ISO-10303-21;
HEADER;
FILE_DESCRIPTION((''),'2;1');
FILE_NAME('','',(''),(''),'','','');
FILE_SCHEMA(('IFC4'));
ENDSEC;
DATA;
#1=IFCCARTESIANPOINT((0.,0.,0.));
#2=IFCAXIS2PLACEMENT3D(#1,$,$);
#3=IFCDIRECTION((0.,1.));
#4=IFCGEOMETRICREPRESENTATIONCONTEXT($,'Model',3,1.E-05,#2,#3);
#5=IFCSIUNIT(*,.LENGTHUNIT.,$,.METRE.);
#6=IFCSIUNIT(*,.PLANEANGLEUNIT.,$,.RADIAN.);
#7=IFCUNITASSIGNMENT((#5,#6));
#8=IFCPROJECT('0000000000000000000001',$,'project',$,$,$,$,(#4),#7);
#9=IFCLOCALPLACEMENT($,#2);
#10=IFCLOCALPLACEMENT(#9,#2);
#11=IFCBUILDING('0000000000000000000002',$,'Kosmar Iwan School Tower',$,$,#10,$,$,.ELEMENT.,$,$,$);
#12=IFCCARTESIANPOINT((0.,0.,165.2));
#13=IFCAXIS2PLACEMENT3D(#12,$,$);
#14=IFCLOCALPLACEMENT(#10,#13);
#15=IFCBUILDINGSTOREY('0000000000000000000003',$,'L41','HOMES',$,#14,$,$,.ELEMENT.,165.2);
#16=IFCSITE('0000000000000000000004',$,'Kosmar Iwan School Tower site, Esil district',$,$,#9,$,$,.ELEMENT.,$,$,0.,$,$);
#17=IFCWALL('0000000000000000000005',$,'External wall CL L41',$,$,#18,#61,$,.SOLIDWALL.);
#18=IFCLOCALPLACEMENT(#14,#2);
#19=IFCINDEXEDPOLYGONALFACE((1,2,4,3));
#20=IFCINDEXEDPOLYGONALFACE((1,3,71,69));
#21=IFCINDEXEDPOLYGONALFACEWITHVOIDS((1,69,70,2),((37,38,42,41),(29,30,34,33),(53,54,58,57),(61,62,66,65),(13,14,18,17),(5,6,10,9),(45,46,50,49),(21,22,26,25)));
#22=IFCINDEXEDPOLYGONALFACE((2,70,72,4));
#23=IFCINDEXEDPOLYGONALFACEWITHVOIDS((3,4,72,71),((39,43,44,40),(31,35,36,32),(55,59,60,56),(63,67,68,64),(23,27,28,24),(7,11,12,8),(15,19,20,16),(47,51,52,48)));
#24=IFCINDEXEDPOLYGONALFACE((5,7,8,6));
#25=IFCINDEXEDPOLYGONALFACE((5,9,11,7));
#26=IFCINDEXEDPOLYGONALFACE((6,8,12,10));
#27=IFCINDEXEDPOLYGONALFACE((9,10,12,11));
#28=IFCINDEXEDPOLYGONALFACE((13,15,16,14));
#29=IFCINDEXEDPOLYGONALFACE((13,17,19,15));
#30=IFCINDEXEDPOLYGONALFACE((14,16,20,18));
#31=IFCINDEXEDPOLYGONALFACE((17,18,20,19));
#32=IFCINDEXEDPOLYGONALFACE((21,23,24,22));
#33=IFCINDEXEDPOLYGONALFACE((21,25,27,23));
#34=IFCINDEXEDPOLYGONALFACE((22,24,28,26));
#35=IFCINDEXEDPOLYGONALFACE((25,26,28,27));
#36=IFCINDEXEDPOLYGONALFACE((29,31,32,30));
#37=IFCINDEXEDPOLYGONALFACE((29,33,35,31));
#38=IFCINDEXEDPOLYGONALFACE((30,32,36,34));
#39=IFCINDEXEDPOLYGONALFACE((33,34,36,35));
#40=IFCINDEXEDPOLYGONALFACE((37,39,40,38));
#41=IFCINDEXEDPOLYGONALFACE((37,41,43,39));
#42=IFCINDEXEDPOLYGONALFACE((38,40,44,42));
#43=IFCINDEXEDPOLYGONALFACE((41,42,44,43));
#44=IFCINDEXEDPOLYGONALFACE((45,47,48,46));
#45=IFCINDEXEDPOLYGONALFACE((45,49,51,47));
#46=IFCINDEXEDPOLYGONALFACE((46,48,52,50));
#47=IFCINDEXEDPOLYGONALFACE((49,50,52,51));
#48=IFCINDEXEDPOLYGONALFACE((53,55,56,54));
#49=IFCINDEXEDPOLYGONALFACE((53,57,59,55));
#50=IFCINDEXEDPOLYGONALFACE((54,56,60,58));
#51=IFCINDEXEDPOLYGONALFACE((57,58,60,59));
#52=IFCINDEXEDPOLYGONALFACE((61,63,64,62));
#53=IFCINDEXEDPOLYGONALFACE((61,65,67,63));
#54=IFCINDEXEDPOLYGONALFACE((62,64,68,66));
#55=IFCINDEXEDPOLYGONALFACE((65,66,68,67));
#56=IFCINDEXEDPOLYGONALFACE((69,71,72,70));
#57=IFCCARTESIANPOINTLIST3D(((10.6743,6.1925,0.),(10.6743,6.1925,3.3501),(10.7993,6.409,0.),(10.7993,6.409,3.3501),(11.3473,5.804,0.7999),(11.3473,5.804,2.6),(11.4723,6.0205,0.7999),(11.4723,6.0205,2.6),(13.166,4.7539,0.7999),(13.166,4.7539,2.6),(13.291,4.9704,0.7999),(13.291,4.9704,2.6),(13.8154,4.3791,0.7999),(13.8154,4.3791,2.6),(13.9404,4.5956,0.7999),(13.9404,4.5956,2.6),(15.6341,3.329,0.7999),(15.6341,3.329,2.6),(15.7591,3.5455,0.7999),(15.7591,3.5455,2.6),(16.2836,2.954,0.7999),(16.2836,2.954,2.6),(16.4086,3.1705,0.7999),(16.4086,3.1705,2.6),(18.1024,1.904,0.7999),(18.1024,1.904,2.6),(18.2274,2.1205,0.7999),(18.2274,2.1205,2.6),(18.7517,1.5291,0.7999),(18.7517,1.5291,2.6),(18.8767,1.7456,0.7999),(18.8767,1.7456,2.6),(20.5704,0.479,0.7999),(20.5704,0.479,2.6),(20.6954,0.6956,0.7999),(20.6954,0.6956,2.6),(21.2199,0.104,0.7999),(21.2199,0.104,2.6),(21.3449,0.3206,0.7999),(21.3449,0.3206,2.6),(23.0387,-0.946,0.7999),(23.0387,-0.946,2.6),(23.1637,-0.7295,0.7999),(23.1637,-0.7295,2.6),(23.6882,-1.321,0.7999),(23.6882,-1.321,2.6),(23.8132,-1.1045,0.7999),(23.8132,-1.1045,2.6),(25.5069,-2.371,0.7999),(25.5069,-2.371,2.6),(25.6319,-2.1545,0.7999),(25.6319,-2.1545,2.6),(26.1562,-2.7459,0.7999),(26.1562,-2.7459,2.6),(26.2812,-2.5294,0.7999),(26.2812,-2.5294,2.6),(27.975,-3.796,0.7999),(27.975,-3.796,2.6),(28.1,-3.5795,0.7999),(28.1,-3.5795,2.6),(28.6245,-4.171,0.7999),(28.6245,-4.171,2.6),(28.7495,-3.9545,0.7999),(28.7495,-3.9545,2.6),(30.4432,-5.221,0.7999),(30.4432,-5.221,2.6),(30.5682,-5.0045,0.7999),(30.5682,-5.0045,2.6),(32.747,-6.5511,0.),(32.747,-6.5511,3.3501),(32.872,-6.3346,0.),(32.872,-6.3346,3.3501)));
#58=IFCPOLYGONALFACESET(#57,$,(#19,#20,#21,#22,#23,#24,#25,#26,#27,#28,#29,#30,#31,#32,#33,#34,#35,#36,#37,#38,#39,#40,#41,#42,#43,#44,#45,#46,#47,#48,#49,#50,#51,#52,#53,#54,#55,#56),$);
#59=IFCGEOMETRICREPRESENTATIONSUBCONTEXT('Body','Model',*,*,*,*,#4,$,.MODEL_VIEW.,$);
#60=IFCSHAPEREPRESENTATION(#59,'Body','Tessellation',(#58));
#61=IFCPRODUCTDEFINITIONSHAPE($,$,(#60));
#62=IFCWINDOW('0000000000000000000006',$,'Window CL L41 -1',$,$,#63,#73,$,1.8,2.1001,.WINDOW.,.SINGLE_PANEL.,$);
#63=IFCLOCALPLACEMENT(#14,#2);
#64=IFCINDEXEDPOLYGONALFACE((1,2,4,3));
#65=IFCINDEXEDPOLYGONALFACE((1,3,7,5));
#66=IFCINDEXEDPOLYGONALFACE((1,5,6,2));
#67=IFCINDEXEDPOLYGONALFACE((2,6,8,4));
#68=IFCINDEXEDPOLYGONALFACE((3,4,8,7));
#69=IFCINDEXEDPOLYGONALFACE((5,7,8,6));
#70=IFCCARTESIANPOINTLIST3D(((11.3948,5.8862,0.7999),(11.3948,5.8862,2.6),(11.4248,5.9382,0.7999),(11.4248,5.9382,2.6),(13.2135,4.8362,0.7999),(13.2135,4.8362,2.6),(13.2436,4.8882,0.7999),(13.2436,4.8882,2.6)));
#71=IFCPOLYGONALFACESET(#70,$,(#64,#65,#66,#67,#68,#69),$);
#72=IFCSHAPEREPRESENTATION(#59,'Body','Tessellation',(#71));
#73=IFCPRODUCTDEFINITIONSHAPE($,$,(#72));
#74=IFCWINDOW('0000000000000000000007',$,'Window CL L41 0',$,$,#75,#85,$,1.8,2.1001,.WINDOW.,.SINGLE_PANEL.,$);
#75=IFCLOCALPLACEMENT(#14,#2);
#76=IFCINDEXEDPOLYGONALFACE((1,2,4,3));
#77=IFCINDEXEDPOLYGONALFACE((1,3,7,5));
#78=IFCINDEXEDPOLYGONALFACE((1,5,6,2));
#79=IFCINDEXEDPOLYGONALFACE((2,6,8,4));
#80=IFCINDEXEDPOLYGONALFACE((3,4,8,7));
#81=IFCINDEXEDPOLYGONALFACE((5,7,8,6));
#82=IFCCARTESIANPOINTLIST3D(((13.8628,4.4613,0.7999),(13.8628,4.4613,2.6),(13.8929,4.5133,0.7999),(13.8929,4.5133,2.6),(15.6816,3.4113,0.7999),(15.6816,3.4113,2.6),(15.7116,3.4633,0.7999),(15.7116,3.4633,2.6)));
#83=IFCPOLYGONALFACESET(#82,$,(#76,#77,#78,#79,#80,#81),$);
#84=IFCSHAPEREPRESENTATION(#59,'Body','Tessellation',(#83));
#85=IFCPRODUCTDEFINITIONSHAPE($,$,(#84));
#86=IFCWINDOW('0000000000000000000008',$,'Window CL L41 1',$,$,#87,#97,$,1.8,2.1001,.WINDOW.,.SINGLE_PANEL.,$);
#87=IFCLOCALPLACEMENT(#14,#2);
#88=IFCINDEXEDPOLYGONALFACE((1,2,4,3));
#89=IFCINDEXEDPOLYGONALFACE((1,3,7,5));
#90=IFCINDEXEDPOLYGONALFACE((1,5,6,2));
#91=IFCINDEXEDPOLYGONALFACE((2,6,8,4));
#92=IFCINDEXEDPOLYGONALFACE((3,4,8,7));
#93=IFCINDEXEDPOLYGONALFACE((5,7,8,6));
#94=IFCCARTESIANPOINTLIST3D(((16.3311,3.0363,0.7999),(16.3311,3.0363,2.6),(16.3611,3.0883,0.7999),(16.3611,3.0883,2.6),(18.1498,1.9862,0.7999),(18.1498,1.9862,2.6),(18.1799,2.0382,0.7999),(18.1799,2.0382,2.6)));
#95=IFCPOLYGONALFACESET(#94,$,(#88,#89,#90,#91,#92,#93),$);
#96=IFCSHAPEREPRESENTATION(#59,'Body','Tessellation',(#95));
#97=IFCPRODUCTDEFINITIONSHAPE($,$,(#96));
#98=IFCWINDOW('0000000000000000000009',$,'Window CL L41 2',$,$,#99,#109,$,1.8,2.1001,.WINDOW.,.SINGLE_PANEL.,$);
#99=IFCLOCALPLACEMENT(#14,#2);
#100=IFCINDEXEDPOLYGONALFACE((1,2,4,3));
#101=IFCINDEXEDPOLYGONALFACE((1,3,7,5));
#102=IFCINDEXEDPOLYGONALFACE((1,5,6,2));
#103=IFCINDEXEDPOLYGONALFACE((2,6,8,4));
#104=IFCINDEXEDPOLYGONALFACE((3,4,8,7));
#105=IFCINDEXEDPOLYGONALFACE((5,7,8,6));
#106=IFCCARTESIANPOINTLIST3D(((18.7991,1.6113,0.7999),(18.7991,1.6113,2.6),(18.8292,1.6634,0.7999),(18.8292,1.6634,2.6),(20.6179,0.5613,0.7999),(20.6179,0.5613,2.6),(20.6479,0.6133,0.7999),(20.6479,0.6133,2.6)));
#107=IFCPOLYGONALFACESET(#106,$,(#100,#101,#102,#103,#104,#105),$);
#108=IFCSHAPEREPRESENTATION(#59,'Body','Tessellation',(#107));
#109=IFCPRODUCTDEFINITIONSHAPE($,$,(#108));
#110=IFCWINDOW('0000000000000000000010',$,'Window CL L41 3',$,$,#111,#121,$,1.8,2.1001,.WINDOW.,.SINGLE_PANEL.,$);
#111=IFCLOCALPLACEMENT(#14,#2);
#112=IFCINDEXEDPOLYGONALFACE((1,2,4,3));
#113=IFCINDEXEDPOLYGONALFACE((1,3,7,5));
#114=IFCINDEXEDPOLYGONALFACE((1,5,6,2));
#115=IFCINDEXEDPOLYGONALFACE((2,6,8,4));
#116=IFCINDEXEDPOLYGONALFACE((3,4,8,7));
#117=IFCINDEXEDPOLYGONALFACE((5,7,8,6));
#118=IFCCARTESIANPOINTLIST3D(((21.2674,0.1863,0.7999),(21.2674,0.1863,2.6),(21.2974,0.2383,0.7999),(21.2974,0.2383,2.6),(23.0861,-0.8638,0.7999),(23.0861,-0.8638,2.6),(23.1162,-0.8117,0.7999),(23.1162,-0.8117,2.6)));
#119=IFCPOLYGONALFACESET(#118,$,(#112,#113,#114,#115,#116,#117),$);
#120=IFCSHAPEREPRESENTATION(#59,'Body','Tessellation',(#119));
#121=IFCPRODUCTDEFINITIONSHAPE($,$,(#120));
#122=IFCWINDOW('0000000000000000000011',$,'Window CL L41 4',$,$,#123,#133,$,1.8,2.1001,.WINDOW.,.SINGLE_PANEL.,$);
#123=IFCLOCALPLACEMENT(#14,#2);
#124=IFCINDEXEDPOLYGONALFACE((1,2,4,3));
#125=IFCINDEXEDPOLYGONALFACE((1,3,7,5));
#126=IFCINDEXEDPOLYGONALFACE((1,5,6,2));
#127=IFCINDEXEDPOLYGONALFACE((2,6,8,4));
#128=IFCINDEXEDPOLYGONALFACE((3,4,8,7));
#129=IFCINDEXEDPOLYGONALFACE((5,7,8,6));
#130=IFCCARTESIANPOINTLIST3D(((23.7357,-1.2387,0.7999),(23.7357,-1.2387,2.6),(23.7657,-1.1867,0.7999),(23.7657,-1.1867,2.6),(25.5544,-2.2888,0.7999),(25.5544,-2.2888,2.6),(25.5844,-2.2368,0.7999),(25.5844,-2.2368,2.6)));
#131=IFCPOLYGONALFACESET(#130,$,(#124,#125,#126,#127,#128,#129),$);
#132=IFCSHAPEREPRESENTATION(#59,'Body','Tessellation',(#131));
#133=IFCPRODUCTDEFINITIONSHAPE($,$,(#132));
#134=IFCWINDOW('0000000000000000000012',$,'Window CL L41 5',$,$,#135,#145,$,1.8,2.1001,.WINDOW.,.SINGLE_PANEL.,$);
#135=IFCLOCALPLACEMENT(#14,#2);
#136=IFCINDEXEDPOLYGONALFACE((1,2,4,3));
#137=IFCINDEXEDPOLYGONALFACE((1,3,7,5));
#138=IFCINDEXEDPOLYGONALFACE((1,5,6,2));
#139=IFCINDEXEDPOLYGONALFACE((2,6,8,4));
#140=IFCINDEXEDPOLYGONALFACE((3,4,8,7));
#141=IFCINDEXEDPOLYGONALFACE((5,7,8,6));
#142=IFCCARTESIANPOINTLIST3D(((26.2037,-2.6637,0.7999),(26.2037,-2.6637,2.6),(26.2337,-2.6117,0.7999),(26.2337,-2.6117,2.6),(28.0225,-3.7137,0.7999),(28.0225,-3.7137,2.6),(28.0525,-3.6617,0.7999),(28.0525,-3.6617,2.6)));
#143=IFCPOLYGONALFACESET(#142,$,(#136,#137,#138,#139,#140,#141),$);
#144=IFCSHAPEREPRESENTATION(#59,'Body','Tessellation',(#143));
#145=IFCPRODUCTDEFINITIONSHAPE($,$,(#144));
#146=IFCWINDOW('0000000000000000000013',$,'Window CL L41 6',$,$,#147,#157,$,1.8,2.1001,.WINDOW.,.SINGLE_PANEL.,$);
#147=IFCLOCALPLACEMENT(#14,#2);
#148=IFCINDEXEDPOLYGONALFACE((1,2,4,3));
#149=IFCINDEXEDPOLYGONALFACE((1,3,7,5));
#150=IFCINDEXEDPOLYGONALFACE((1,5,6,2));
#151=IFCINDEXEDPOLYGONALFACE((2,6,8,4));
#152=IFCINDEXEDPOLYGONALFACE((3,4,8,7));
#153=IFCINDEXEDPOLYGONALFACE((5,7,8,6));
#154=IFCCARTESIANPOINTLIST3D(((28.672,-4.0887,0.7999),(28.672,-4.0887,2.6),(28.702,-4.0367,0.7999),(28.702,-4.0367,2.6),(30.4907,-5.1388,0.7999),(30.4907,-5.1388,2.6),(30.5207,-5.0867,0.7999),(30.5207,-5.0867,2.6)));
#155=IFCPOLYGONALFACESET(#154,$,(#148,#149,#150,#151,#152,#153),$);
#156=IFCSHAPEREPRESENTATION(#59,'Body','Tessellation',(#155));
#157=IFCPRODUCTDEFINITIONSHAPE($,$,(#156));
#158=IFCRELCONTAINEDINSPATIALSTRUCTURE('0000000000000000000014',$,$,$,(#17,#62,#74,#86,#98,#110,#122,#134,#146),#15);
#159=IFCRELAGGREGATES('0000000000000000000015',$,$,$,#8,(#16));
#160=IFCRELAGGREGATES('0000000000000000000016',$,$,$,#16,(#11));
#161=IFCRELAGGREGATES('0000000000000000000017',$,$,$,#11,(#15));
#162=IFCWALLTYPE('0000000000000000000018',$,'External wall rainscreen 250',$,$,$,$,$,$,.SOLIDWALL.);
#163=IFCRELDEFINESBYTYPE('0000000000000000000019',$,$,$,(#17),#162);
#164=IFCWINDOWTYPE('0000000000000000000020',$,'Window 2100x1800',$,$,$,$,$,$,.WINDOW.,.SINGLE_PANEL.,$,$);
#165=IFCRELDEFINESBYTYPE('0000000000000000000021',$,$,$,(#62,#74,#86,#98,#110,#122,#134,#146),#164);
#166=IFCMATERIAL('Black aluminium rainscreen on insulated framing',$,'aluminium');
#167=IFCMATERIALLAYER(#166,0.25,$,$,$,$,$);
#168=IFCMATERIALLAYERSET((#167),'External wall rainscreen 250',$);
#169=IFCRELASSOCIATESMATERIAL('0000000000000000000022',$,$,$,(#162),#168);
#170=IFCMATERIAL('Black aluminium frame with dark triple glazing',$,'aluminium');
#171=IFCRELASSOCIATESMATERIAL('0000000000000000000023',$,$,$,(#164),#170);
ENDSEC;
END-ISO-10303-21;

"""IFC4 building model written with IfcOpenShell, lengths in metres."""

from ifc_helpers import new_model, si_unit, direction, frame, frame_2d, origin, place, context, subcontext, project, spatial, rectangle, extrude, material, layer, layer_set, type_object, element, fill, save


model = new_model("IFC4")

# Units and contexts
model_context = context("Model", 3, precision=1e-05, world=origin(), true_north=direction((0.0, 1.0)))
body_context = subcontext(model_context, "Body", "Model", "MODEL_VIEW")
ifc_project = project(units=[si_unit("LENGTHUNIT", "METRE"), si_unit("PLANEANGLEUNIT", "RADIAN")], contexts=[model_context])

# Site, building, storey
site_placement = place(None, origin())
site = spatial("IfcSite", under=ifc_project, at=site_placement, Name="Kosmar Iwan School Tower site, Esil district", CompositionType="ELEMENT", RefElevation=0.0)
building_placement = place(site_placement, origin())
building = spatial("IfcBuilding", under=site, at=building_placement, Name="Kosmar Iwan School Tower", CompositionType="ELEMENT")
storey_placement = place(building_placement, frame((0.0, 0.0, 165.2)))
storey = spatial("IfcBuildingStorey", under=building, at=storey_placement, Name="L41", Description="HOMES", CompositionType="ELEMENT", Elevation=165.2)

# Wall, openings, windows
ifc_material_1 = material(Name="Black aluminium rainscreen on insulated framing", Category="aluminium")
ifc_layer_1 = layer(ifc_material_1, 0.25)
ifc_layer_set_1 = layer_set([ifc_layer_1], Name="External wall rainscreen 250")
wall_type_1 = type_object("IfcWallType", Name="External wall rainscreen 250", PredefinedType="SOLIDWALL", material=ifc_layer_set_1)
wall_1_placement = place(storey_placement, frame((10.7368, 6.3008, 0.0), z_axis=(0.0, 0.0, 1.0), x_axis=(0.866026, -0.499998, 0.0)))
wall_1 = element("IfcWall", 1, at=wall_1_placement, inside=storey, type_object=wall_type_1, Name="External wall CL L41", PredefinedType="SOLIDWALL", context=body_context, shape_type="SweptSolid", body=[
    extrude(rectangle(XDim=25.4873, YDim=0.25, at=frame_2d((12.7437, 0.0))), origin(), (0.0, 0.0, 1.0), 3.3501),
])
opening_1_placement = place(wall_1_placement, frame((0.7771, 0.0, 0.8)))
opening_1 = element("IfcOpeningElement", 2, at=opening_1_placement, cuts=wall_1, PredefinedType="OPENING", context=body_context, shape_type="SweptSolid", body=[
    extrude(rectangle(XDim=2.1001, YDim=1.8, at=frame_2d((1.05, 0.8999))), frame((0.0, 0.137, 0.0), z_axis=(0.0, -1.0, 0.0), x_axis=(1.0, 0.0, 0.0)), (0.0, 0.0, 1.0), 0.2739),
])
opening_2_placement = place(wall_1_placement, frame((3.627, 0.0, 0.8)))
opening_2 = element("IfcOpeningElement", 3, at=opening_2_placement, cuts=wall_1, PredefinedType="OPENING", context=body_context, shape_type="SweptSolid", body=[
    extrude(rectangle(XDim=2.1001, YDim=1.8, at=frame_2d((1.05, 0.8999))), frame((0.0, 0.137, 0.0), z_axis=(0.0, -1.0, 0.0), x_axis=(1.0, 0.0, 0.0)), (0.0, 0.0, 1.0), 0.2739),
])
opening_3_placement = place(wall_1_placement, frame((6.4771, 0.0, 0.8)))
opening_3 = element("IfcOpeningElement", 4, at=opening_3_placement, cuts=wall_1, PredefinedType="OPENING", context=body_context, shape_type="SweptSolid", body=[
    extrude(rectangle(XDim=2.1001, YDim=1.8, at=frame_2d((1.05, 0.8999))), frame((0.0, 0.137, 0.0), z_axis=(0.0, -1.0, 0.0), x_axis=(1.0, 0.0, 0.0)), (0.0, 0.0, 1.0), 0.2739),
])
opening_4_placement = place(wall_1_placement, frame((9.3269, 0.0, 0.8)))
opening_4 = element("IfcOpeningElement", 5, at=opening_4_placement, cuts=wall_1, PredefinedType="OPENING", context=body_context, shape_type="SweptSolid", body=[
    extrude(rectangle(XDim=2.1001, YDim=1.8, at=frame_2d((1.05, 0.8999))), frame((0.0, 0.137, 0.0), z_axis=(0.0, -1.0, 0.0), x_axis=(1.0, 0.0, 0.0)), (0.0, 0.0, 1.0), 0.2739),
])
opening_5_placement = place(wall_1_placement, frame((12.177, 0.0, 0.8)))
opening_5 = element("IfcOpeningElement", 6, at=opening_5_placement, cuts=wall_1, PredefinedType="OPENING", context=body_context, shape_type="SweptSolid", body=[
    extrude(rectangle(XDim=2.1001, YDim=1.8, at=frame_2d((1.05, 0.8999))), frame((0.0, 0.137, 0.0), z_axis=(0.0, -1.0, 0.0), x_axis=(1.0, 0.0, 0.0)), (0.0, 0.0, 1.0), 0.2739),
])
opening_6_placement = place(wall_1_placement, frame((15.0271, 0.0, 0.8)))
opening_6 = element("IfcOpeningElement", 7, at=opening_6_placement, cuts=wall_1, PredefinedType="OPENING", context=body_context, shape_type="SweptSolid", body=[
    extrude(rectangle(XDim=2.1001, YDim=1.8, at=frame_2d((1.05, 0.8999))), frame((0.0, 0.137, 0.0), z_axis=(0.0, -1.0, 0.0), x_axis=(1.0, 0.0, 0.0)), (0.0, 0.0, 1.0), 0.2739),
])
opening_7_placement = place(wall_1_placement, frame((17.877, 0.0, 0.8)))
opening_7 = element("IfcOpeningElement", 8, at=opening_7_placement, cuts=wall_1, PredefinedType="OPENING", context=body_context, shape_type="SweptSolid", body=[
    extrude(rectangle(XDim=2.1001, YDim=1.8, at=frame_2d((1.05, 0.8999))), frame((0.0, 0.137, 0.0), z_axis=(0.0, -1.0, 0.0), x_axis=(1.0, 0.0, 0.0)), (0.0, 0.0, 1.0), 0.2739),
])
opening_8_placement = place(wall_1_placement, frame((20.7271, 0.0, 0.8)))
opening_8 = element("IfcOpeningElement", 9, at=opening_8_placement, cuts=wall_1, PredefinedType="OPENING", context=body_context, shape_type="SweptSolid", body=[
    extrude(rectangle(XDim=2.1001, YDim=1.8, at=frame_2d((1.05, 0.8999))), frame((0.0, 0.137, 0.0), z_axis=(0.0, -1.0, 0.0), x_axis=(1.0, 0.0, 0.0)), (0.0, 0.0, 1.0), 0.2739),
])
ifc_material_2 = material(Name="Black aluminium frame with dark triple glazing", Category="aluminium")
window_type = type_object("IfcWindowType", Name="Window 2100x1800", PartitioningType="SINGLE_PANEL", PredefinedType="WINDOW", material=ifc_material_2)
window_1_placement = place(opening_1_placement, origin())
window_1 = element("IfcWindow", 10, at=window_1_placement, inside=storey, type_object=window_type, Name="Window CL L41 -1", OverallHeight=1.8, OverallWidth=2.1001, PartitioningType="SINGLE_PANEL", PredefinedType="WINDOW", context=body_context, shape_type="SweptSolid", body=[
    extrude(rectangle(XDim=2.1001, YDim=1.8, at=frame_2d((1.05, 0.8999))), frame((0.0, 0.03, 0.0), z_axis=(0.0, -1.0, 0.0), x_axis=(1.0, 0.0, 0.0)), (0.0, 0.0, 1.0), 0.0601),
])
fill(opening_1, window_1)
window_2_placement = place(opening_2_placement, origin())
window_2 = element("IfcWindow", 11, at=window_2_placement, inside=storey, type_object=window_type, Name="Window CL L41 0", OverallHeight=1.8, OverallWidth=2.1001, PartitioningType="SINGLE_PANEL", PredefinedType="WINDOW", context=body_context, shape_type="SweptSolid", body=[
    extrude(rectangle(XDim=2.1001, YDim=1.8, at=frame_2d((1.05, 0.8999))), frame((0.0, 0.03, 0.0), z_axis=(0.0, -1.0, 0.0), x_axis=(1.0, 0.0, 0.0)), (0.0, 0.0, 1.0), 0.0601),
])
fill(opening_2, window_2)
window_3_placement = place(opening_3_placement, origin())
window_3 = element("IfcWindow", 12, at=window_3_placement, inside=storey, type_object=window_type, Name="Window CL L41 1", OverallHeight=1.8, OverallWidth=2.1001, PartitioningType="SINGLE_PANEL", PredefinedType="WINDOW", context=body_context, shape_type="SweptSolid", body=[
    extrude(rectangle(XDim=2.1001, YDim=1.8, at=frame_2d((1.05, 0.8999))), frame((0.0, 0.03, 0.0), z_axis=(0.0, -1.0, 0.0), x_axis=(1.0, 0.0, 0.0)), (0.0, 0.0, 1.0), 0.0601),
])
fill(opening_3, window_3)
window_4_placement = place(opening_4_placement, origin())
window_4 = element("IfcWindow", 13, at=window_4_placement, inside=storey, type_object=window_type, Name="Window CL L41 2", OverallHeight=1.8, OverallWidth=2.1001, PartitioningType="SINGLE_PANEL", PredefinedType="WINDOW", context=body_context, shape_type="SweptSolid", body=[
    extrude(rectangle(XDim=2.1001, YDim=1.8, at=frame_2d((1.05, 0.8999))), frame((0.0, 0.03, 0.0), z_axis=(0.0, -1.0, 0.0), x_axis=(1.0, 0.0, 0.0)), (0.0, 0.0, 1.0), 0.0601),
])
fill(opening_4, window_4)
window_5_placement = place(opening_5_placement, origin())
window_5 = element("IfcWindow", 14, at=window_5_placement, inside=storey, type_object=window_type, Name="Window CL L41 3", OverallHeight=1.8, OverallWidth=2.1001, PartitioningType="SINGLE_PANEL", PredefinedType="WINDOW", context=body_context, shape_type="SweptSolid", body=[
    extrude(rectangle(XDim=2.1001, YDim=1.8, at=frame_2d((1.05, 0.8999))), frame((0.0, 0.03, 0.0), z_axis=(0.0, -1.0, 0.0), x_axis=(1.0, 0.0, 0.0)), (0.0, 0.0, 1.0), 0.0601),
])
fill(opening_5, window_5)
window_6_placement = place(opening_6_placement, origin())
window_6 = element("IfcWindow", 15, at=window_6_placement, inside=storey, type_object=window_type, Name="Window CL L41 4", OverallHeight=1.8, OverallWidth=2.1001, PartitioningType="SINGLE_PANEL", PredefinedType="WINDOW", context=body_context, shape_type="SweptSolid", body=[
    extrude(rectangle(XDim=2.1001, YDim=1.8, at=frame_2d((1.05, 0.8999))), frame((0.0, 0.03, 0.0), z_axis=(0.0, -1.0, 0.0), x_axis=(1.0, 0.0, 0.0)), (0.0, 0.0, 1.0), 0.0601),
])
fill(opening_6, window_6)
window_7_placement = place(opening_7_placement, origin())
window_7 = element("IfcWindow", 16, at=window_7_placement, inside=storey, type_object=window_type, Name="Window CL L41 5", OverallHeight=1.8, OverallWidth=2.1001, PartitioningType="SINGLE_PANEL", PredefinedType="WINDOW", context=body_context, shape_type="SweptSolid", body=[
    extrude(rectangle(XDim=2.1001, YDim=1.8, at=frame_2d((1.05, 0.8999))), frame((0.0, 0.03, 0.0), z_axis=(0.0, -1.0, 0.0), x_axis=(1.0, 0.0, 0.0)), (0.0, 0.0, 1.0), 0.0601),
])
fill(opening_7, window_7)
window_8_placement = place(opening_8_placement, origin())
window_8 = element("IfcWindow", 17, at=window_8_placement, inside=storey, type_object=window_type, Name="Window CL L41 6", OverallHeight=1.8, OverallWidth=2.1001, PartitioningType="SINGLE_PANEL", PredefinedType="WINDOW", context=body_context, shape_type="SweptSolid", body=[
    extrude(rectangle(XDim=2.1001, YDim=1.8, at=frame_2d((1.05, 0.8999))), frame((0.0, 0.03, 0.0), z_axis=(0.0, -1.0, 0.0), x_axis=(1.0, 0.0, 0.0)), (0.0, 0.0, 1.0), 0.0601),
])
fill(opening_8, window_8)

save(model, "model.ifc")
